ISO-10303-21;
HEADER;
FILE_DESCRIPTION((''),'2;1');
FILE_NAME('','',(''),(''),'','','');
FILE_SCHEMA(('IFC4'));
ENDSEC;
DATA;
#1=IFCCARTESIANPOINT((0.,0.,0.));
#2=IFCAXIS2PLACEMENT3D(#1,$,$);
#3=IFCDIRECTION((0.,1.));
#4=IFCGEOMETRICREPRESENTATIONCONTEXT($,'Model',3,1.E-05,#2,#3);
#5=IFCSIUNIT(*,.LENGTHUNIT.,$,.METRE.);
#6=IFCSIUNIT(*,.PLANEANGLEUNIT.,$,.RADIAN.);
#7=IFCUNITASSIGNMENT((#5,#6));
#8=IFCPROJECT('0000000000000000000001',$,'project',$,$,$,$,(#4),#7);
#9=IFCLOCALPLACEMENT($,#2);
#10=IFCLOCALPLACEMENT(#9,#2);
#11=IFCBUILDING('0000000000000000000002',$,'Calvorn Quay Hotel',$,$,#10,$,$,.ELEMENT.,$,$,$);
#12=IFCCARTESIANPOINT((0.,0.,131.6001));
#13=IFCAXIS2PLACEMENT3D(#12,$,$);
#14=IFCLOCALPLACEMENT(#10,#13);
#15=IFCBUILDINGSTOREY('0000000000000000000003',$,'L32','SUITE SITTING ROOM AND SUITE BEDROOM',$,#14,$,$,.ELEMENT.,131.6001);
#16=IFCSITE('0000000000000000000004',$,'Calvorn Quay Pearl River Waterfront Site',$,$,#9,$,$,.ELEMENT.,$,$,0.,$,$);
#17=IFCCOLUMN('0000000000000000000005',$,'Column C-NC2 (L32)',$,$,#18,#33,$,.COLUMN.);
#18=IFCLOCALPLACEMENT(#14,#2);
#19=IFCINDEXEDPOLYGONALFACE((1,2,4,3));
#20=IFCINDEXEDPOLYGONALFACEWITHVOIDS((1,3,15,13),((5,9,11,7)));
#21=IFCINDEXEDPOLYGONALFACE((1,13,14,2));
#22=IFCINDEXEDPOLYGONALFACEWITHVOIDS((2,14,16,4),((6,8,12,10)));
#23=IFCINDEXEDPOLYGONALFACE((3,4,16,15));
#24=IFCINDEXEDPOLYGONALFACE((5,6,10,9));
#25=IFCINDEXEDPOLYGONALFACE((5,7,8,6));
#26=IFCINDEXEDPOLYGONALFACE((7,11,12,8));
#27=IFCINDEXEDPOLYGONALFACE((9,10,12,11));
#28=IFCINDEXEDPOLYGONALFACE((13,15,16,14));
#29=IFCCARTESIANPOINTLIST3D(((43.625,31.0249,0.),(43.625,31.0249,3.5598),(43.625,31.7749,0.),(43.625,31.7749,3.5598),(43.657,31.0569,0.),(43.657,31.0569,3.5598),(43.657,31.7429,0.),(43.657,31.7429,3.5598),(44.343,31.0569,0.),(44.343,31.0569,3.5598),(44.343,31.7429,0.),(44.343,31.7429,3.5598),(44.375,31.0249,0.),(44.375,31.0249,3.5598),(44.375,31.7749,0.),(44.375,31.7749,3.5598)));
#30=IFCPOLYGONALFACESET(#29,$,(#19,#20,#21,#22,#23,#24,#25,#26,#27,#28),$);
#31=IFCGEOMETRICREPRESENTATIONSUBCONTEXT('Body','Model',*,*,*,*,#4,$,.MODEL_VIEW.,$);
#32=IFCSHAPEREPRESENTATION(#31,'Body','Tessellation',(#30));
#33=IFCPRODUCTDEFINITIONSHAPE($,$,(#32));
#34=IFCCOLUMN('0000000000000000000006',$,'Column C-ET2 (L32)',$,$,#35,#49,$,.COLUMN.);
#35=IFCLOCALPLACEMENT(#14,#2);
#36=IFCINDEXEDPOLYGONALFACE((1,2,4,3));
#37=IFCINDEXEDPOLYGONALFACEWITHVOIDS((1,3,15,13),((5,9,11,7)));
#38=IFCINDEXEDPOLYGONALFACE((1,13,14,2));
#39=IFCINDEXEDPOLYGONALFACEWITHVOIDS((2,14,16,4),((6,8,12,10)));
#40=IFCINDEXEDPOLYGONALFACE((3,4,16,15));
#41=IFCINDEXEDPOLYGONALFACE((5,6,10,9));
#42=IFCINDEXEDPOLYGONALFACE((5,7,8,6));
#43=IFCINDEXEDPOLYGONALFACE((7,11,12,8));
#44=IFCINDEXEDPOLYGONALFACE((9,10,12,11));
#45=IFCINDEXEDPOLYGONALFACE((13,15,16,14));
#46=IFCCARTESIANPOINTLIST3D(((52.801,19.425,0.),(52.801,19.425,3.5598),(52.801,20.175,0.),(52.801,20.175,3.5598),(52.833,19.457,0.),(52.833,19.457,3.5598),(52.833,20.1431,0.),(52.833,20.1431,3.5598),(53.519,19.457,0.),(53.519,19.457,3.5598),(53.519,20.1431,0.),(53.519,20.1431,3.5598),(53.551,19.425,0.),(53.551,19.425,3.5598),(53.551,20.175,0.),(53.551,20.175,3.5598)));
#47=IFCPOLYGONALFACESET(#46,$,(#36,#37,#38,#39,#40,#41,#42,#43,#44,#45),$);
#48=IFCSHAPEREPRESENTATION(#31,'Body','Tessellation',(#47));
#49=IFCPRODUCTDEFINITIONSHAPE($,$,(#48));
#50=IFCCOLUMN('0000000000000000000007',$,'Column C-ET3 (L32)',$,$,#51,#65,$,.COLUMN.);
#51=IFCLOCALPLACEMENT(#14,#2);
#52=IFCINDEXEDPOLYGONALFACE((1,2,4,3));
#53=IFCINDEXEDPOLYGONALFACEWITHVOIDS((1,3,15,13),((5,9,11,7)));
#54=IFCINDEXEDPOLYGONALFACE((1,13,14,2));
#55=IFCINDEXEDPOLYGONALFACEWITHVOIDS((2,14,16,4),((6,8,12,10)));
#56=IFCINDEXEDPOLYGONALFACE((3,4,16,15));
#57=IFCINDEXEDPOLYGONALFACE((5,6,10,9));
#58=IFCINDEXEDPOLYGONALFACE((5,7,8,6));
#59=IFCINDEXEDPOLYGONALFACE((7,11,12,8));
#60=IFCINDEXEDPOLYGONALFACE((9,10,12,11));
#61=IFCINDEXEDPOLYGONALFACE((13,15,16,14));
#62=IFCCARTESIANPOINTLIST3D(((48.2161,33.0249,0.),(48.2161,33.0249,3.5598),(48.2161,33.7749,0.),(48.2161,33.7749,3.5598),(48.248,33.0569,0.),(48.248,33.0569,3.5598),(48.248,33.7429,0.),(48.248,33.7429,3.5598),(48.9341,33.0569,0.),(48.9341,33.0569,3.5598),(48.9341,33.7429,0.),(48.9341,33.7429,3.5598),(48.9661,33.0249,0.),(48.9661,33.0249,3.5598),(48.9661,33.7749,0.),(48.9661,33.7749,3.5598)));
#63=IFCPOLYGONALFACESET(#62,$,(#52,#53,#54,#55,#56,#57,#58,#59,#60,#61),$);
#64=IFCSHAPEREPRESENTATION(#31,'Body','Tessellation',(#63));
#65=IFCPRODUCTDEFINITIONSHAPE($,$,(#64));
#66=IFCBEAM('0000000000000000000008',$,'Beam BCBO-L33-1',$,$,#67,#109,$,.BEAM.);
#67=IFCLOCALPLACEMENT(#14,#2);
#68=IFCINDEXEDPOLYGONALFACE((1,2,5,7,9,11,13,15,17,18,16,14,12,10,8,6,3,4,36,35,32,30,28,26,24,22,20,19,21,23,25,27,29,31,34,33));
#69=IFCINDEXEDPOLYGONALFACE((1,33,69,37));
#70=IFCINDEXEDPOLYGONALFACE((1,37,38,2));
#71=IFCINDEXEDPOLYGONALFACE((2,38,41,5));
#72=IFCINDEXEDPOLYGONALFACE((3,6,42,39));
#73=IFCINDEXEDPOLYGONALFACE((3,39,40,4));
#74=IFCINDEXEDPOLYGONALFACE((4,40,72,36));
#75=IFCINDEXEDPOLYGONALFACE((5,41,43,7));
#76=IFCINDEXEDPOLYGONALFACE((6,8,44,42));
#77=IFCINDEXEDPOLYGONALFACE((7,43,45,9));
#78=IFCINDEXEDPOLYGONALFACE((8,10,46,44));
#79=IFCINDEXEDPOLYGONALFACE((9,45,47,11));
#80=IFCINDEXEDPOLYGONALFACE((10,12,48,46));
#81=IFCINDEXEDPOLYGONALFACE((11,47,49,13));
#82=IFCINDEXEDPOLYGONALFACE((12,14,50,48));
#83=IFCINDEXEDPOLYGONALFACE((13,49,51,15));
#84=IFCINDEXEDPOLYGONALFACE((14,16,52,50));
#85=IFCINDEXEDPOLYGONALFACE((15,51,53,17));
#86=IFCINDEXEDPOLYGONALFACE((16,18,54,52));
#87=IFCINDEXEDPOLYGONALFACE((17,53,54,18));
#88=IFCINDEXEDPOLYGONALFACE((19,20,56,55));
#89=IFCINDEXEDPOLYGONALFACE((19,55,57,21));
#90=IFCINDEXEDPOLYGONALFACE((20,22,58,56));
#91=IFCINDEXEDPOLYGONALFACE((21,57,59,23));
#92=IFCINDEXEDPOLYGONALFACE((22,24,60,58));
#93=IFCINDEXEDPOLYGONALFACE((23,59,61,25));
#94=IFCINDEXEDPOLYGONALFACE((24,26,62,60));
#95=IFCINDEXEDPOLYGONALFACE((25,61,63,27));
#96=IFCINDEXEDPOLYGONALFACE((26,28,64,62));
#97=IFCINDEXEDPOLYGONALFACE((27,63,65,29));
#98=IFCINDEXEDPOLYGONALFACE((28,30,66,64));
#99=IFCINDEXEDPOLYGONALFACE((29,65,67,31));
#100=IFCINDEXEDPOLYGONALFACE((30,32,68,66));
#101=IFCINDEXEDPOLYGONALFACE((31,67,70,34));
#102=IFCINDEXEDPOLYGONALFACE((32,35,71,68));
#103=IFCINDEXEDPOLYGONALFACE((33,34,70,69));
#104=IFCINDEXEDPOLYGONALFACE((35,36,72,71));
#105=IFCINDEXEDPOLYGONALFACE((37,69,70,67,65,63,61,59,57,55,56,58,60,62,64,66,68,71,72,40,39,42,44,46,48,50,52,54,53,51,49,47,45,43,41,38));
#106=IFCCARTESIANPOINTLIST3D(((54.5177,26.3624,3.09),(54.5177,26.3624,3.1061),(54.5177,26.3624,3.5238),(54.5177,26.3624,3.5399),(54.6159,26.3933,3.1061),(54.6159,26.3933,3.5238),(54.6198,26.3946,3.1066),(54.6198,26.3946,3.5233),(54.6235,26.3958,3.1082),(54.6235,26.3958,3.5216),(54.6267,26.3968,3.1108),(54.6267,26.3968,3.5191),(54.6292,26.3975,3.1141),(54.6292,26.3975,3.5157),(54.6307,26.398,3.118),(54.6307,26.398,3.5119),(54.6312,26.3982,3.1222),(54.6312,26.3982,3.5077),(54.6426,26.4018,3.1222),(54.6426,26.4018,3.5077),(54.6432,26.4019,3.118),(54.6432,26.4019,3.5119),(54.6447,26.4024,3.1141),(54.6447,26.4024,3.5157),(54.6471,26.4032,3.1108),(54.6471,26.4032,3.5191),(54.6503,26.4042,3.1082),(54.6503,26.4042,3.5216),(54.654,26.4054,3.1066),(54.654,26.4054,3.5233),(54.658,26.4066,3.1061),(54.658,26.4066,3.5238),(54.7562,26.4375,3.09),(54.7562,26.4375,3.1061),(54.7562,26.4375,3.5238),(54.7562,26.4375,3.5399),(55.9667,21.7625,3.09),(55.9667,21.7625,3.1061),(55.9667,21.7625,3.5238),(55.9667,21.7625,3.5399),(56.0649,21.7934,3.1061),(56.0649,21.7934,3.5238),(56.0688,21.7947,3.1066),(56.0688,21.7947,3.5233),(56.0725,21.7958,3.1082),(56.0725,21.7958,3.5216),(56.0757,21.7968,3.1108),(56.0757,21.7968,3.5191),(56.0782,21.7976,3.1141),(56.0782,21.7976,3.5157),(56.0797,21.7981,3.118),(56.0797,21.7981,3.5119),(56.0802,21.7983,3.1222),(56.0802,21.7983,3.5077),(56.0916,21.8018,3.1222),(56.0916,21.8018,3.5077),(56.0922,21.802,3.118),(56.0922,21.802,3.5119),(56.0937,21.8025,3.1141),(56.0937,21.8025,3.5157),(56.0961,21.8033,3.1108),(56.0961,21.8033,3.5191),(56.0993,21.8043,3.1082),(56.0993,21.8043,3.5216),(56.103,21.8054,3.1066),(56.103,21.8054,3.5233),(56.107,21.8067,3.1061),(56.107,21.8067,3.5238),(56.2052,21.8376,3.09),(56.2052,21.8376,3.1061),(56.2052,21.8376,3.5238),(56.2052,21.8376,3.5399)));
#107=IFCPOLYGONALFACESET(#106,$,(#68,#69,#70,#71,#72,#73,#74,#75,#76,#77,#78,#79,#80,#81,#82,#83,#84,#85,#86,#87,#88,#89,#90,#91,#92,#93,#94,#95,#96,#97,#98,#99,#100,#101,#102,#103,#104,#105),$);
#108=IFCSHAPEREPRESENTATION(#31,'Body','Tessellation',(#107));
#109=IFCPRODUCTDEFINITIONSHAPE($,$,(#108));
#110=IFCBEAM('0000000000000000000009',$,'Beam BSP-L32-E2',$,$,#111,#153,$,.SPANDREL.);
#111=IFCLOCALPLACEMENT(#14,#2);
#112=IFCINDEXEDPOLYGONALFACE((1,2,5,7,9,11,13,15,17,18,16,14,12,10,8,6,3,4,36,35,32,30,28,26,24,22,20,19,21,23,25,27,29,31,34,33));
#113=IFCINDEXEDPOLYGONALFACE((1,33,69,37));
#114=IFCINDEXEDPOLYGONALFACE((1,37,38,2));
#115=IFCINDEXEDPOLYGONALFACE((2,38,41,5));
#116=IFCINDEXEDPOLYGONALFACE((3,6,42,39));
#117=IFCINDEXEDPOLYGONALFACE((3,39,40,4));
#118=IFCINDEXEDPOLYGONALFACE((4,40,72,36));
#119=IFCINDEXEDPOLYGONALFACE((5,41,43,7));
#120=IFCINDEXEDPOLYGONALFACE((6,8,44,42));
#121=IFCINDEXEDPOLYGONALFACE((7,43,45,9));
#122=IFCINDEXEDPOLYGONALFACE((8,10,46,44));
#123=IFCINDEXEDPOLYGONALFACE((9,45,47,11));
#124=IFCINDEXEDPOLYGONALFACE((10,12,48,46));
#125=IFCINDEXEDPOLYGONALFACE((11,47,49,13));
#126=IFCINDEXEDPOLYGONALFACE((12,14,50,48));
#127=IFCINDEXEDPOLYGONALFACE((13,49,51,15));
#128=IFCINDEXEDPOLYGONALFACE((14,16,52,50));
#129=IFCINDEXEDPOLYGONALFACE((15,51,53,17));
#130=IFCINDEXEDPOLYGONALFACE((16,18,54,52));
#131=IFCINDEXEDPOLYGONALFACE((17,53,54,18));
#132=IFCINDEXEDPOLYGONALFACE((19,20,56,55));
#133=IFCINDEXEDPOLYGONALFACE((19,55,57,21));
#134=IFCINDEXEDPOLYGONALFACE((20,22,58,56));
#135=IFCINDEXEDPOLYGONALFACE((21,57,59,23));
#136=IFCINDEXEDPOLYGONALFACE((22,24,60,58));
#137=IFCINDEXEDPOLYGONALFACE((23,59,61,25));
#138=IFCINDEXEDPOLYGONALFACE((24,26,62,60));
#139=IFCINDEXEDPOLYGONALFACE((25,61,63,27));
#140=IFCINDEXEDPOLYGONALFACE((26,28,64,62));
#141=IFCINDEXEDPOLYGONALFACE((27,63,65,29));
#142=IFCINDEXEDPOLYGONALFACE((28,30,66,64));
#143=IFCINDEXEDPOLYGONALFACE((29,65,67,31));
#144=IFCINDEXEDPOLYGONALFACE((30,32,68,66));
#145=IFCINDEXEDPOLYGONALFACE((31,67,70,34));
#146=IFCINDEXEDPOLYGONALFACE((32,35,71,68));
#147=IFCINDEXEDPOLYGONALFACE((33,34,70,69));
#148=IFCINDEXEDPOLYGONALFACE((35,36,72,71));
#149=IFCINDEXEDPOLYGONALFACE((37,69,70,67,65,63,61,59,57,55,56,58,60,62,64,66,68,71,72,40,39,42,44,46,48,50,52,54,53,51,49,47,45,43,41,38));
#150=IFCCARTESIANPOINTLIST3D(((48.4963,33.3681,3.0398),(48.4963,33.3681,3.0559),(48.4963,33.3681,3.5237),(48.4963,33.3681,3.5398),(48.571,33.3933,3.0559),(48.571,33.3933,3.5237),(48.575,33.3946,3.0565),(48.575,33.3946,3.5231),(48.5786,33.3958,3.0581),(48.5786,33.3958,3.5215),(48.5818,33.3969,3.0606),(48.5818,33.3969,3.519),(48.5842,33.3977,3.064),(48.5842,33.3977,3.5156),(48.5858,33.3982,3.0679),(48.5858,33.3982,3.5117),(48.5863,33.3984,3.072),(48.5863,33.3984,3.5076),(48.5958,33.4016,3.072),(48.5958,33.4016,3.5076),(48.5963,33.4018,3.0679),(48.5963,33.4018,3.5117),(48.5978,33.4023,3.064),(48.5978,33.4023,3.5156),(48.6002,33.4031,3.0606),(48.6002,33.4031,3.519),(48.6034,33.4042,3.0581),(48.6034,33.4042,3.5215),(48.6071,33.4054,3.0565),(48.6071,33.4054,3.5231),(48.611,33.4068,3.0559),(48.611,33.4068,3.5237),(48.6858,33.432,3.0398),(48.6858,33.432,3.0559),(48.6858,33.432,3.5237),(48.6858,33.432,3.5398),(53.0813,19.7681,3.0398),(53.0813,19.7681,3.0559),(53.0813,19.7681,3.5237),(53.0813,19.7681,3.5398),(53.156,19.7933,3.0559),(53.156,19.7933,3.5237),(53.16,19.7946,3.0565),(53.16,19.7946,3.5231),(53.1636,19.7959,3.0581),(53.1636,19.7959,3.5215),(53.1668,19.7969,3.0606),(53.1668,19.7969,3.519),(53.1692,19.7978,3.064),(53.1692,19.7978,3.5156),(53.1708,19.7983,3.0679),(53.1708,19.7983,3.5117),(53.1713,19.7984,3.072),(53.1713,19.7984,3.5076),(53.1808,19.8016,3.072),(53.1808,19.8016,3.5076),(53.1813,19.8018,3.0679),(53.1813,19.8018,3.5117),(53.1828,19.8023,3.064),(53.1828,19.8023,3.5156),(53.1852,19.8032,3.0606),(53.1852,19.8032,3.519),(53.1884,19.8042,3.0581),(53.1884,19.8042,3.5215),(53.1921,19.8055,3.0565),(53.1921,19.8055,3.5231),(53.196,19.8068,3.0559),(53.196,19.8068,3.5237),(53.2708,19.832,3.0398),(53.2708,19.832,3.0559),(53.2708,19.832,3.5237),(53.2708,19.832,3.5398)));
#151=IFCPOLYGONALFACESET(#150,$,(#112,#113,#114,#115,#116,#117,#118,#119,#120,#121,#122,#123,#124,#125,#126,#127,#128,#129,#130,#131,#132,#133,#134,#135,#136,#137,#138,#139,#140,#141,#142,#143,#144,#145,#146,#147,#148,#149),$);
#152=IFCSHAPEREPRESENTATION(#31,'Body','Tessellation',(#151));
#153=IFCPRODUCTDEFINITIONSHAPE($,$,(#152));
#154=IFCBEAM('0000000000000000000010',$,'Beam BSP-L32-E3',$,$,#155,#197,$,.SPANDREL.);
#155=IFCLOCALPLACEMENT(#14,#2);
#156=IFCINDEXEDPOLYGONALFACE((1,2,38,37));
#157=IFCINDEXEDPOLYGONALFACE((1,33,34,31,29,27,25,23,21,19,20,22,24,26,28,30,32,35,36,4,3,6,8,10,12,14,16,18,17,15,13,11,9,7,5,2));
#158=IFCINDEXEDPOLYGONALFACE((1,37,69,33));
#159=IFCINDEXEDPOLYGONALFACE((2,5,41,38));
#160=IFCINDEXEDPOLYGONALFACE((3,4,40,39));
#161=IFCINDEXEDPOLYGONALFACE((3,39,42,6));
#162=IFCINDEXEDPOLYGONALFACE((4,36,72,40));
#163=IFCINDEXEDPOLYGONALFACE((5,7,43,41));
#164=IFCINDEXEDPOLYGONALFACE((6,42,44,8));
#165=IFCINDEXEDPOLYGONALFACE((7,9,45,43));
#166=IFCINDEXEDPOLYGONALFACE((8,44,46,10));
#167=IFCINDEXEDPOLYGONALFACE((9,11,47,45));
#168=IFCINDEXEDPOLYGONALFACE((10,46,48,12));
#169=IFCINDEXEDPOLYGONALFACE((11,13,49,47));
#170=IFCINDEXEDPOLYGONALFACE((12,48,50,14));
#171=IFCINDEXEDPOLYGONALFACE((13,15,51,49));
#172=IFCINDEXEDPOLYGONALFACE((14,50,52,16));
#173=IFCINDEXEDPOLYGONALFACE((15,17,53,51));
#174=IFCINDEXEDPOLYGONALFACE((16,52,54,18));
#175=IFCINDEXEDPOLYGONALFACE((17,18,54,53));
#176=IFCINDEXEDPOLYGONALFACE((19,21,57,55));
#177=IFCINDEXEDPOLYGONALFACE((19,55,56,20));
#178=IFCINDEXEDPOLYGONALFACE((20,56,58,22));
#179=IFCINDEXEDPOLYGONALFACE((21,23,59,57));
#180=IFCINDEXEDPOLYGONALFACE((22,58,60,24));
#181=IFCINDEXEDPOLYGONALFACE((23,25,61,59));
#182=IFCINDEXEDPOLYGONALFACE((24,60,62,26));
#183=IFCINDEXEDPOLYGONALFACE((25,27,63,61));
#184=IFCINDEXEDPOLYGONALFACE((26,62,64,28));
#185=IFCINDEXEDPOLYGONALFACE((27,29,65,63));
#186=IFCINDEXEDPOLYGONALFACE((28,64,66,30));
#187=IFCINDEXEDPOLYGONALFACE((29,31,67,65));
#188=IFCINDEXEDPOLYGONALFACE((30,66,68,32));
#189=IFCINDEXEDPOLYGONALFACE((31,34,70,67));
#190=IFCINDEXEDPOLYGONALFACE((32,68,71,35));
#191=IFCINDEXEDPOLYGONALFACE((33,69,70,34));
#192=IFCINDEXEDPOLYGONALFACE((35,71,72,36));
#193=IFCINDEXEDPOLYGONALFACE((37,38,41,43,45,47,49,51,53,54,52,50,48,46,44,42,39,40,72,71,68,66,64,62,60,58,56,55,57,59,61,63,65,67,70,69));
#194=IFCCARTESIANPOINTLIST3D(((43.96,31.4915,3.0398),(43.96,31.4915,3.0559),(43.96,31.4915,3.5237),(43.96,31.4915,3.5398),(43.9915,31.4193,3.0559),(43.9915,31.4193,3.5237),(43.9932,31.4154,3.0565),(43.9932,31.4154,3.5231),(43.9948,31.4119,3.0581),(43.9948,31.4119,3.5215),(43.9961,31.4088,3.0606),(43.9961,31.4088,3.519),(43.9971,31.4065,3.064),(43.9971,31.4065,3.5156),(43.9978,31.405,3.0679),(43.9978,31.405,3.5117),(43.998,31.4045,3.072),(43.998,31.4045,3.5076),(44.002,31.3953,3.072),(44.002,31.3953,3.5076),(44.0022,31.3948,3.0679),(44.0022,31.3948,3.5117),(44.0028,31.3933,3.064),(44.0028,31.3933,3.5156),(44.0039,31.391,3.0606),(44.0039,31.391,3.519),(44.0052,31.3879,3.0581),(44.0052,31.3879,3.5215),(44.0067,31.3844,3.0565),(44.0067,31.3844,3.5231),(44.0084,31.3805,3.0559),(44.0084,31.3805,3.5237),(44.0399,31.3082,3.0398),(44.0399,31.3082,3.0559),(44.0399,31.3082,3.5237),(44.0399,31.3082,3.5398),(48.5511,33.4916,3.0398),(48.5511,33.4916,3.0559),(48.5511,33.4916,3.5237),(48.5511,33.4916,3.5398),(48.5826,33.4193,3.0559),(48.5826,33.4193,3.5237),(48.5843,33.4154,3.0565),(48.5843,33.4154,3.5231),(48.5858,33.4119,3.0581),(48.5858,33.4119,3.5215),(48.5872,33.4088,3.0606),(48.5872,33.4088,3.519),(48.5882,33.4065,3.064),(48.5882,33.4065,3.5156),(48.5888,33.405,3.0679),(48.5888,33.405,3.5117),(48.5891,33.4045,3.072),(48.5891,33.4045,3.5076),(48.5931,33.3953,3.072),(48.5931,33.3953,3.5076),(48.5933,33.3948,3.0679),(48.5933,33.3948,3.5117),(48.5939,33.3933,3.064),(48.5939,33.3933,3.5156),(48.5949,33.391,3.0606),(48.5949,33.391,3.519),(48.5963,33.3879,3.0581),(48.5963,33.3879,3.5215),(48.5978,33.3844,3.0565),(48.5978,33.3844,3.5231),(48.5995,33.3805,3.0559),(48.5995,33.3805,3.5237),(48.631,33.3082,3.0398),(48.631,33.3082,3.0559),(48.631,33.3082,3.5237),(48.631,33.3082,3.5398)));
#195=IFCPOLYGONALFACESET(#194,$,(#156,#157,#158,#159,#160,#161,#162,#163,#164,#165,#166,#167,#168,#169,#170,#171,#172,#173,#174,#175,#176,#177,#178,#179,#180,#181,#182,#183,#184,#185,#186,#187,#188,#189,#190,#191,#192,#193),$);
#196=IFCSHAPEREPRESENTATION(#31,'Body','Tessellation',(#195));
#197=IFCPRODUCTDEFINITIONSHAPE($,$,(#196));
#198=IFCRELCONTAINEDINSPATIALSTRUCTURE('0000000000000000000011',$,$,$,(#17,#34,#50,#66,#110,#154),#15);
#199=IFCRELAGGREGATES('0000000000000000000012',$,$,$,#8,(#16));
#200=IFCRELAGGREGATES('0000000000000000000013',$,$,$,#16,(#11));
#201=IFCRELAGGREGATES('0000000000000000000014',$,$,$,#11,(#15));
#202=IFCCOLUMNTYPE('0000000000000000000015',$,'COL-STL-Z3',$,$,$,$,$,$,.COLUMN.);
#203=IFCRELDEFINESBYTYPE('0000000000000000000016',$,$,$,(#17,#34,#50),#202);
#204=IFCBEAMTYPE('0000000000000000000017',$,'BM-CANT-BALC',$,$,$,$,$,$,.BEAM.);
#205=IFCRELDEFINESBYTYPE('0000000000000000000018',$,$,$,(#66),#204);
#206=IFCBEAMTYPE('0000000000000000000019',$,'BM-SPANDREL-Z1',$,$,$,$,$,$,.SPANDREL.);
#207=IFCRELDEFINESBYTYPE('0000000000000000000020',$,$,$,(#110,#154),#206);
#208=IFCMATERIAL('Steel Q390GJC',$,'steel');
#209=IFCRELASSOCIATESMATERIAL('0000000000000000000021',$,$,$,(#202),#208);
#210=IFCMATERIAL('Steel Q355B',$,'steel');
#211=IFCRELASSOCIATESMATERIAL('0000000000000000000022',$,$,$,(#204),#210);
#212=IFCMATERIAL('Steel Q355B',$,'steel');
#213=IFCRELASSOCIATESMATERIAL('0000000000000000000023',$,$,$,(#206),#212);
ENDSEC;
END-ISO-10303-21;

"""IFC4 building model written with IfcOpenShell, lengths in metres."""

from ifc_helpers import new_model, si_unit, direction, frame, origin, origin_2d, place, context, subcontext, project, spatial, hollow_rectangle, i_section, extrude, material, material_profile, profile_set, type_object, element, save


model = new_model("IFC4")

# Units and contexts
model_context = context("Model", 3, precision=1e-05, world=origin(), true_north=direction((0.0, 1.0)))
body_context = subcontext(model_context, "Body", "Model", "MODEL_VIEW")
ifc_project = project(units=[si_unit("LENGTHUNIT", "METRE"), si_unit("PLANEANGLEUNIT", "RADIAN")], contexts=[model_context])

# Site, building, storey
site_placement = place(None, origin())
site = spatial("IfcSite", under=ifc_project, at=site_placement, Name="Calvorn Quay Pearl River Waterfront Site", CompositionType="ELEMENT", RefElevation=0.0)
building_placement = place(site_placement, origin())
building = spatial("IfcBuilding", under=site, at=building_placement, Name="Calvorn Quay Hotel", CompositionType="ELEMENT")
storey_placement = place(building_placement, frame((0.0, 0.0, 131.6001)))
storey = spatial("IfcBuildingStorey", under=building, at=storey_placement, Name="L32", Description="SUITE SITTING ROOM AND SUITE BEDROOM", CompositionType="ELEMENT", Elevation=131.6001)

# Columns
ifc_material_1 = material(Name="Steel Q390GJC", Category="steel")
ifc_material_profile_1 = material_profile(ifc_material_1, hollow_rectangle(XDim=0.75, YDim=0.75, WallThickness=0.032, at=origin_2d()), Name="BOX750x750x32")
ifc_profile_set_1 = profile_set([ifc_material_profile_1], Name="Steel Q390GJC")
column_type = type_object("IfcColumnType", Name="COL-STL-Z3", PredefinedType="COLUMN", material=ifc_profile_set_1)
for number, where, z_axis, x_axis, name in (
    (1, (44.0, 31.3999, 0.0), (0.0, 0.0, 1.0), (1.0, 0.0, 0.0), "Column C-NC2 (L32)"),
    (2, (53.176, 19.8, 0.0), (0.0, 0.0, 1.0), (1.0, 0.0, 0.0), "Column C-ET2 (L32)"),
    (3, (48.5911, 33.3999, 0.0), (0.0, 0.0, 1.0), (1.0, 0.0, 0.0), "Column C-ET3 (L32)"),
):
    element("IfcColumn", number, at=place(storey_placement, frame(where, z_axis=z_axis, x_axis=x_axis)), inside=storey, type_object=column_type, Name=name, PredefinedType="COLUMN", context=body_context, shape_type="SweptSolid", body=[
        extrude(hollow_rectangle(XDim=0.75, YDim=0.75, WallThickness=0.032, at=origin_2d()), origin(), (0.0, 0.0, 1.0), 3.5598),
    ])

# Beams
ifc_material_2 = material(Name="Steel Q355B", Category="steel")
ifc_material_profile_2 = material_profile(ifc_material_2, i_section(OverallWidth=0.25, OverallDepth=0.45, WebThickness=0.012, FlangeThickness=0.0161, FilletRadius=0.0161, at=origin_2d()), Name="HN450x250x12x16")
ifc_profile_set_2 = profile_set([ifc_material_profile_2], Name="Steel Q355B")
beam_type_1 = type_object("IfcBeamType", Name="BM-CANT-BALC", PredefinedType="BEAM", material=ifc_profile_set_2)
beam_1_placement = place(storey_placement, frame((56.0859, 21.8, 3.3149), z_axis=(-0.30045, 0.953797, 0.0), x_axis=(-0.953797, -0.30045, 0.0)))
element("IfcBeam", 4, at=beam_1_placement, inside=storey, type_object=beam_type_1, Name="Beam BCBO-L33-1", PredefinedType="BEAM", context=body_context, shape_type="SweptSolid", body=[
    extrude(i_section(OverallWidth=0.25, OverallDepth=0.45, WebThickness=0.012, FlangeThickness=0.0161, FilletRadius=0.0161, at=origin_2d()), origin(), (0.0, 0.0, 1.0), 4.8228),
])
ifc_material_3 = material(Name="Steel Q355B", Category="steel")
ifc_material_profile_3 = material_profile(ifc_material_3, i_section(OverallWidth=0.2, OverallDepth=0.5, WebThickness=0.01, FlangeThickness=0.0161, FilletRadius=0.0161, at=origin_2d()), Name="HN500x200x10x16")
ifc_profile_set_3 = profile_set([ifc_material_profile_3], Name="Steel Q355B")
beam_type_2 = type_object("IfcBeamType", Name="BM-SPANDREL-Z1", PredefinedType="SPANDREL", material=ifc_profile_set_3)
beam_2_placement = place(storey_placement, frame((53.176, 19.8, 3.2898), z_axis=(-0.319467, 0.947598, 0.0), x_axis=(-0.947598, -0.319467, 0.0)))
element("IfcBeam", 5, at=beam_2_placement, inside=storey, type_object=beam_type_2, Name="Beam BSP-L32-E2", PredefinedType="SPANDREL", context=body_context, shape_type="SweptSolid", body=[
    extrude(i_section(OverallWidth=0.2, OverallDepth=0.5, WebThickness=0.01, FlangeThickness=0.0161, FilletRadius=0.0161, at=origin_2d()), origin(), (0.0, 0.0, 1.0), 14.3521),
])
beam_3_placement = place(storey_placement, frame((48.5911, 33.3999, 3.2898), z_axis=(-0.916786, -0.399378, 0.0), x_axis=(0.399378, -0.916786, 0.0)))
element("IfcBeam", 6, at=beam_3_placement, inside=storey, type_object=beam_type_2, Name="Beam BSP-L32-E3", PredefinedType="SPANDREL", context=body_context, shape_type="SweptSolid", body=[
    extrude(i_section(OverallWidth=0.2, OverallDepth=0.5, WebThickness=0.01, FlangeThickness=0.0161, FilletRadius=0.0161, at=origin_2d()), origin(), (0.0, 0.0, 1.0), 5.0078),
])

save(model, "model.ifc")
